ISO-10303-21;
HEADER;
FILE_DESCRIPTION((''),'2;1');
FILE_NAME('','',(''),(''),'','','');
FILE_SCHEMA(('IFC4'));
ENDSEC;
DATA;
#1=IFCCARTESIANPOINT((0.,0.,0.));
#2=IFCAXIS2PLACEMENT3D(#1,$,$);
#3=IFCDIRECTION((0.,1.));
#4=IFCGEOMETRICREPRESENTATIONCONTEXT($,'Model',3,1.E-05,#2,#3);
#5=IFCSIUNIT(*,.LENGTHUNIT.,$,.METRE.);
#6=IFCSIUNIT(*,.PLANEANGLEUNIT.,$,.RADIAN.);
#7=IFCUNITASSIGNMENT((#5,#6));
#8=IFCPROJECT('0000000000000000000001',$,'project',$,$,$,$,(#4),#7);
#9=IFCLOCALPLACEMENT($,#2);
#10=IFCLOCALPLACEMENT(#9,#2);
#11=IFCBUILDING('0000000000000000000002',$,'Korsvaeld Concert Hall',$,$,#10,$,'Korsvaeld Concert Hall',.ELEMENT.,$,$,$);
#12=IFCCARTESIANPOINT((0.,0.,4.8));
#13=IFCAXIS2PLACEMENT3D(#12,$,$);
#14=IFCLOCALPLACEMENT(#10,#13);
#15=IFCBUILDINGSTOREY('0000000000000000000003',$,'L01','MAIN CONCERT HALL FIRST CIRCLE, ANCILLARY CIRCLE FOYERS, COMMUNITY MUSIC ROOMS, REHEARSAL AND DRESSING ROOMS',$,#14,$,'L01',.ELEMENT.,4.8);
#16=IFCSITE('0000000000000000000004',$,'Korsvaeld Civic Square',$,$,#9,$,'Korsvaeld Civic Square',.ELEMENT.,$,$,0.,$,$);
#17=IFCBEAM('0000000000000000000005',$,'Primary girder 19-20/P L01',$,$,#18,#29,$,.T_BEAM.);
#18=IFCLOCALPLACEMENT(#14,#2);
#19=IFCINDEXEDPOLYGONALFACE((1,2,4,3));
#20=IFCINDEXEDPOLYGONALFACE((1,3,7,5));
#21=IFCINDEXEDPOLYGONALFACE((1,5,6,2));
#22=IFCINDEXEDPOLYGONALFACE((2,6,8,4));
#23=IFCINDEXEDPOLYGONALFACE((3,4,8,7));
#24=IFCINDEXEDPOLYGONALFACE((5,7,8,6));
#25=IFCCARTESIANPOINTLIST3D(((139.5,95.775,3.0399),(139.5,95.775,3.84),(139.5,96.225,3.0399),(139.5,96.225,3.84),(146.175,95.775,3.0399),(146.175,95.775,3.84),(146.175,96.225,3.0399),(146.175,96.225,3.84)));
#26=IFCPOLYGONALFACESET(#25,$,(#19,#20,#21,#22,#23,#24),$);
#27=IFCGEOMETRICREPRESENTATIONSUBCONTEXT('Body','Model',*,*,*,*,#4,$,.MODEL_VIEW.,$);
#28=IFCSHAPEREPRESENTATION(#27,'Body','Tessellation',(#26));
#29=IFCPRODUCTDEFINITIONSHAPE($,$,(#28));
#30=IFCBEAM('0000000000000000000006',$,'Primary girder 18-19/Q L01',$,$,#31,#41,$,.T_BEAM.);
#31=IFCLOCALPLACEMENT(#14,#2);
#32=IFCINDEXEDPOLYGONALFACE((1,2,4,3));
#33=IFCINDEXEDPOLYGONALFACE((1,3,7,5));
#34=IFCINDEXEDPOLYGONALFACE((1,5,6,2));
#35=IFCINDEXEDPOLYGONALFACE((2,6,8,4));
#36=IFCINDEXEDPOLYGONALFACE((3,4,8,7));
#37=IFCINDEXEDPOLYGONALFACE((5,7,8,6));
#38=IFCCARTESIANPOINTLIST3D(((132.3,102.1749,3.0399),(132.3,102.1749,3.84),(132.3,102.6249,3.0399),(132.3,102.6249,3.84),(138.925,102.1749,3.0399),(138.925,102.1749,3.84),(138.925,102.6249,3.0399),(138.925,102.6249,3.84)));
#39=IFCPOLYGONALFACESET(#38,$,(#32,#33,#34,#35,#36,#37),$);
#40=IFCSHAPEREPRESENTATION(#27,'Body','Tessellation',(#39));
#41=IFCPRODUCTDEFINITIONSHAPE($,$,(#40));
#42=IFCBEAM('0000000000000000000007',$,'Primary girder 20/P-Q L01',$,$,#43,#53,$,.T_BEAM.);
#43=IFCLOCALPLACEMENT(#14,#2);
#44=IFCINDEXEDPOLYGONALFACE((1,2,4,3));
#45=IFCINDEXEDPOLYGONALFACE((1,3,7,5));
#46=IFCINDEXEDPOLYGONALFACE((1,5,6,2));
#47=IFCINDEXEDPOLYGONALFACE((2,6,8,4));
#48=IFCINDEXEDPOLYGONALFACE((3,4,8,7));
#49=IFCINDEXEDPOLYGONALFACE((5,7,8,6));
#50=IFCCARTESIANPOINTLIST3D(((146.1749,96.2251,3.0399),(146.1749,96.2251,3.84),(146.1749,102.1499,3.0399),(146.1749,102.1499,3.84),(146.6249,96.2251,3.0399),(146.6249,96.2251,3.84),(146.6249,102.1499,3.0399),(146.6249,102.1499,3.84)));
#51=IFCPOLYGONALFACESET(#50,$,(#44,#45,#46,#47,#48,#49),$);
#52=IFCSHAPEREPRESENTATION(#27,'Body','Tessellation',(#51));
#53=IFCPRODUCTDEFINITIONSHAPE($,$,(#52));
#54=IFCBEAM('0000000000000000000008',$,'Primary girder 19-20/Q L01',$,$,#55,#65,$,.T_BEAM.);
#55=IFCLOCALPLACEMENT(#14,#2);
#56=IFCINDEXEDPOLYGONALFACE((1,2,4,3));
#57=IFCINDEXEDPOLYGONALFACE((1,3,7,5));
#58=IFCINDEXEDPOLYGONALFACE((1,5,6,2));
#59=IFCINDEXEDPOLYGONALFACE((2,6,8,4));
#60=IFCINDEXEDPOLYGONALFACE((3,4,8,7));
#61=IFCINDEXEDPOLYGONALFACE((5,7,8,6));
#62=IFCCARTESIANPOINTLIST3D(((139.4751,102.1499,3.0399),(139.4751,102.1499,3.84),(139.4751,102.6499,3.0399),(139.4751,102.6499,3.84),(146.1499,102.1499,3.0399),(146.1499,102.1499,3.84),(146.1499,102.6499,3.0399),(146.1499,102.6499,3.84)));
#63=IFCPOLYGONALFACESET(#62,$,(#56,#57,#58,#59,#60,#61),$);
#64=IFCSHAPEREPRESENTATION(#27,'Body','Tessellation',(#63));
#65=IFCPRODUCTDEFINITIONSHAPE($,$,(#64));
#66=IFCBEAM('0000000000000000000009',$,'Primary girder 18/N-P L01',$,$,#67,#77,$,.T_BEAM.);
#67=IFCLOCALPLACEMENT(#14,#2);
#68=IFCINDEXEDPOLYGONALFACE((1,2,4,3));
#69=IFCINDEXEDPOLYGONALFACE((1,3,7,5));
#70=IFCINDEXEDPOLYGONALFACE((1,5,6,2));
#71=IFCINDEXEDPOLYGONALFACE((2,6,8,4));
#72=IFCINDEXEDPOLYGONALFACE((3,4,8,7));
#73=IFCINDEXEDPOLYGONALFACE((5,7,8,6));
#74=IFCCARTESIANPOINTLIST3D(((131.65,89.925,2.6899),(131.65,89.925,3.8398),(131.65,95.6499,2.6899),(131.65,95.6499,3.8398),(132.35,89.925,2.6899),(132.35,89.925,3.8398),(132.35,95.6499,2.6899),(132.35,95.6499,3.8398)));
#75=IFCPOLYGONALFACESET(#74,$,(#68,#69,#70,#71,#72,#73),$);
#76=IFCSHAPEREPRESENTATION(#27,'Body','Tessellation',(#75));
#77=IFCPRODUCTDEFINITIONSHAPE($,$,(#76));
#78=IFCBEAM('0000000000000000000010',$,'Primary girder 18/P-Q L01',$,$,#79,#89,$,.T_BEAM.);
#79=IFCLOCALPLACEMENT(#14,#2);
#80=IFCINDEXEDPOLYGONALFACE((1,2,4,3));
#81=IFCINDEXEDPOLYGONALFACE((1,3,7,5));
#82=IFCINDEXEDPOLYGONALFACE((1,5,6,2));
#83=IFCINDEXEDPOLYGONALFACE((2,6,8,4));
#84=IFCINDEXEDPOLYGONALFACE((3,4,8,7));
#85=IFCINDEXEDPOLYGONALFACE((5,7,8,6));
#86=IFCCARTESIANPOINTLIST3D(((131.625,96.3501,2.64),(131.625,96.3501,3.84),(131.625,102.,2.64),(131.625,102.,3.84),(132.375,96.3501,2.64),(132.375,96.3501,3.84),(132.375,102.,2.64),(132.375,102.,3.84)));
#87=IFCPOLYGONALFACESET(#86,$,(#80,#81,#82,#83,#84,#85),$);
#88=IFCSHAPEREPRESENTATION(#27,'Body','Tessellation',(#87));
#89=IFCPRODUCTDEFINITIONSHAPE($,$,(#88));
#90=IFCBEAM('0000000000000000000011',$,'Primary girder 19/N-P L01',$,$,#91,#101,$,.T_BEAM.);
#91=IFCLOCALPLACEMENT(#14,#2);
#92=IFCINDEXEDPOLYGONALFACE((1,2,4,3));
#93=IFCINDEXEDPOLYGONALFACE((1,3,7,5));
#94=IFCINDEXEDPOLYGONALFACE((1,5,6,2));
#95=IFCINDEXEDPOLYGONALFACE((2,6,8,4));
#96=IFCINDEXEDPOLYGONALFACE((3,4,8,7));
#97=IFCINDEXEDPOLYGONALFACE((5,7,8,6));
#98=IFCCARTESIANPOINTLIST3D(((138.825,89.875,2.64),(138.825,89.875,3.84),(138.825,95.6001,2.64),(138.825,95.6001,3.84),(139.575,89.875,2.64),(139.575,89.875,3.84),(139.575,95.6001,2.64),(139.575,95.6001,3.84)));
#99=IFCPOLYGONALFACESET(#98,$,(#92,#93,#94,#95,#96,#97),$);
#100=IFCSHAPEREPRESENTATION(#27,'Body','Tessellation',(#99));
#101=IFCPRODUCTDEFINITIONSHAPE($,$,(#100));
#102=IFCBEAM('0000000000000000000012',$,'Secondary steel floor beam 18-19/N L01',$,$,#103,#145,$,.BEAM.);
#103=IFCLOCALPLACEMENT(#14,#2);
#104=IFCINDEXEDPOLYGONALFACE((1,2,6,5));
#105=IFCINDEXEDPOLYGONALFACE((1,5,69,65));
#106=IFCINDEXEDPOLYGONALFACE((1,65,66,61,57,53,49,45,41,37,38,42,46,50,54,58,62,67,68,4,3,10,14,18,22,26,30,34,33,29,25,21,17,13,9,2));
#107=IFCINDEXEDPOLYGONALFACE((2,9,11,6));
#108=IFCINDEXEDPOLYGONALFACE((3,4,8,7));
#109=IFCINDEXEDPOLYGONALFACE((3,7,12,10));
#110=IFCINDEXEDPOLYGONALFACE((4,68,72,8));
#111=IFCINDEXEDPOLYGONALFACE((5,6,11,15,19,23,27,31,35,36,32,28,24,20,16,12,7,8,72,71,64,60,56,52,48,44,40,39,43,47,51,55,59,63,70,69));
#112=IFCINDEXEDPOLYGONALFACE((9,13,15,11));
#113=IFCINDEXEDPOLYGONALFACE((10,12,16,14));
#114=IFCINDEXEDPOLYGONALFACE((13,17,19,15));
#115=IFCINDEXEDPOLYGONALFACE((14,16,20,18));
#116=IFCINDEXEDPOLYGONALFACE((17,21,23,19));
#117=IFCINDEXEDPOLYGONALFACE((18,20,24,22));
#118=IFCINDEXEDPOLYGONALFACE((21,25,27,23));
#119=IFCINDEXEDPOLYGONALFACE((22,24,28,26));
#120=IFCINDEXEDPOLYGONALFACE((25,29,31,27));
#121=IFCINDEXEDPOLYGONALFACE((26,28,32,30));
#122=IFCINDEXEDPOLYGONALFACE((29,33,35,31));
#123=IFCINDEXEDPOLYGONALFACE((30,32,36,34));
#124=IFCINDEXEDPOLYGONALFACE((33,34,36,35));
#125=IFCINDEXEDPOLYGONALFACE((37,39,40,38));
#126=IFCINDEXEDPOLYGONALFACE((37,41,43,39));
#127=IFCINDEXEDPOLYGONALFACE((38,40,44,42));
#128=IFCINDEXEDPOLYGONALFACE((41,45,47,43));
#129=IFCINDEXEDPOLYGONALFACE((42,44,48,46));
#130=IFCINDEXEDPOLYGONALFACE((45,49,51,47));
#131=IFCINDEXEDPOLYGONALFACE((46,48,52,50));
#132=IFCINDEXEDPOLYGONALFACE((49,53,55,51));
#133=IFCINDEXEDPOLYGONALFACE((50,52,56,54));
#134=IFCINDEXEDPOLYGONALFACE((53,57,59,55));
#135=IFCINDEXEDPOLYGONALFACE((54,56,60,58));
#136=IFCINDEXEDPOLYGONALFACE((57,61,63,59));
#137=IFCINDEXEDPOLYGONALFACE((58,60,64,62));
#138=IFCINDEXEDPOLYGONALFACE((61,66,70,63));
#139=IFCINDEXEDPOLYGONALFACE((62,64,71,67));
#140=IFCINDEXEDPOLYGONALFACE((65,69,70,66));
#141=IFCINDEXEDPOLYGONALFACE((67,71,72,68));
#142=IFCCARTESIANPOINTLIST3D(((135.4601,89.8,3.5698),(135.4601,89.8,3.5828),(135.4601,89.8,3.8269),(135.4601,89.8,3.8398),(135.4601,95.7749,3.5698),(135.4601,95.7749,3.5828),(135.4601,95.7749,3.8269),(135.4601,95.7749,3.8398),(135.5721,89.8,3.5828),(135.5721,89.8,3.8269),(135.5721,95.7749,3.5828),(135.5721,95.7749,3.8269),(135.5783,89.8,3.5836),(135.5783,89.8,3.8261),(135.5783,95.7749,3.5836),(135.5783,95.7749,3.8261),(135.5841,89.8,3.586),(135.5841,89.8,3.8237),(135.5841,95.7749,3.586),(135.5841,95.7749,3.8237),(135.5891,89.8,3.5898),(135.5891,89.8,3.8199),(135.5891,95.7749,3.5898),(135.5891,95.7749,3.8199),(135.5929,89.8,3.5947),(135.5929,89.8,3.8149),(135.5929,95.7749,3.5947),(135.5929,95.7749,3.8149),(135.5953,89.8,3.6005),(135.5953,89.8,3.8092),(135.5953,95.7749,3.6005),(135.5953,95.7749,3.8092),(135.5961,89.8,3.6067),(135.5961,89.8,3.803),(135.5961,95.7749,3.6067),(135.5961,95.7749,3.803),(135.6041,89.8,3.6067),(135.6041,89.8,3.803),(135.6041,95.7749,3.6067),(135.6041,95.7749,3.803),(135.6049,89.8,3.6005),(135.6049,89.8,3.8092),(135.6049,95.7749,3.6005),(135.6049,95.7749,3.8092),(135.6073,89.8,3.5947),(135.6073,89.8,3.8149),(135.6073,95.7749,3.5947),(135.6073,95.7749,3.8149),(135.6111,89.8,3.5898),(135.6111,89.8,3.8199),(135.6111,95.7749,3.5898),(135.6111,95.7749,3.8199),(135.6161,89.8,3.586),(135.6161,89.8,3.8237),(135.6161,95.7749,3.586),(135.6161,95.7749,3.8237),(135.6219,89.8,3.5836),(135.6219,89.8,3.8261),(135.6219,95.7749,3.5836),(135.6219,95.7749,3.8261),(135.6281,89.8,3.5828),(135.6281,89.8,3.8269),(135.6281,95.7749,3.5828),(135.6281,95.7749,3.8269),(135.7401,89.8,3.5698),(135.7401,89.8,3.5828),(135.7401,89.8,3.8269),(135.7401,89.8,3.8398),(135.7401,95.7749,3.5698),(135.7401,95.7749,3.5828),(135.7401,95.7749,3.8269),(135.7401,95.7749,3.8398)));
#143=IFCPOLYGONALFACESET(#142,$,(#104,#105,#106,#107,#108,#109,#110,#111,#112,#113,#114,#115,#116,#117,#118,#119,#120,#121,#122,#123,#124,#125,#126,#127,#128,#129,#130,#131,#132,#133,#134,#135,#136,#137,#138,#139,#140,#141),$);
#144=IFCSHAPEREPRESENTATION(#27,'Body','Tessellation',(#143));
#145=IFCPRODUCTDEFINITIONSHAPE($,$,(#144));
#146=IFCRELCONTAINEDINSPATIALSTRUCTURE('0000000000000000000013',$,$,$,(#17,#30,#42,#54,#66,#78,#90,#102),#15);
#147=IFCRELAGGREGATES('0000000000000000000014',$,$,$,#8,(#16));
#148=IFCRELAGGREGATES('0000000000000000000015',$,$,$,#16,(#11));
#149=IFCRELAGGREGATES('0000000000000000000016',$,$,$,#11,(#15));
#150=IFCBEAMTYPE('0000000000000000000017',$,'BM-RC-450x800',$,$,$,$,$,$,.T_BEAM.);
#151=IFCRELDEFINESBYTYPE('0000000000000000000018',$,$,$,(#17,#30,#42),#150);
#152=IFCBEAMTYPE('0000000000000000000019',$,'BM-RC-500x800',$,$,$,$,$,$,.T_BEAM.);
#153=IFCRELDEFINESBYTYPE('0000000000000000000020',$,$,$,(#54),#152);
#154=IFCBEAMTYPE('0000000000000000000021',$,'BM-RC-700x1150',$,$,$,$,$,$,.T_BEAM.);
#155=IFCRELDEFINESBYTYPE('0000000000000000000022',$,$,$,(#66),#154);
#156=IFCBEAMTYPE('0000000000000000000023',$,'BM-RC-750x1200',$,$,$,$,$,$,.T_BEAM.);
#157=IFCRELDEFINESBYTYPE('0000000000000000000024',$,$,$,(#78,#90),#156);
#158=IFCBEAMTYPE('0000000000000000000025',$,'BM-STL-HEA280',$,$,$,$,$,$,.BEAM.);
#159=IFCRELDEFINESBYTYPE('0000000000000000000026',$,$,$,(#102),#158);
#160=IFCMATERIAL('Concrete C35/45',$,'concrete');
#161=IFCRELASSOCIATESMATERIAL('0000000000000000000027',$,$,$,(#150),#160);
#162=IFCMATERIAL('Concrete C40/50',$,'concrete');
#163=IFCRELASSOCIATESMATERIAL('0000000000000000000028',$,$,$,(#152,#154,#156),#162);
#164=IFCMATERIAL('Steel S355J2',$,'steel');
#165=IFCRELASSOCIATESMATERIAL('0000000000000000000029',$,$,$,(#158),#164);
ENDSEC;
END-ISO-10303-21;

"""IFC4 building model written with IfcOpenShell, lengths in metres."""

from ifc_helpers import new_model, si_unit, direction, frame, origin, origin_2d, place, context, subcontext, project, spatial, rectangle, i_section, extrude, material, material_profile, profile_set, type_object, element, save


model = new_model("IFC4")

# Units and contexts
model_context = context("Model", 3, precision=1e-05, world=origin(), true_north=direction((0.0, 1.0)))
body_context = subcontext(model_context, "Body", "Model", "MODEL_VIEW")
ifc_project = project(units=[si_unit("LENGTHUNIT", "METRE"), si_unit("PLANEANGLEUNIT", "RADIAN")], contexts=[model_context])

# Site, building, storey
site_placement = place(None, origin())
site = spatial("IfcSite", under=ifc_project, at=site_placement, Name="Korsvaeld Civic Square", LongName="Korsvaeld Civic Square", CompositionType="ELEMENT", RefElevation=0.0)
building_placement = place(site_placement, origin())
building = spatial("IfcBuilding", under=site, at=building_placement, Name="Korsvaeld Concert Hall", LongName="Korsvaeld Concert Hall", CompositionType="ELEMENT")
storey_placement = place(building_placement, frame((0.0, 0.0, 4.8)))
storey = spatial("IfcBuildingStorey", under=building, at=storey_placement, Name="L01", Description="MAIN CONCERT HALL FIRST CIRCLE, ANCILLARY CIRCLE FOYERS, COMMUNITY MUSIC ROOMS, REHEARSAL AND DRESSING ROOMS", LongName="L01", CompositionType="ELEMENT", Elevation=4.8)

# Shared definitions
ifc_material_1 = material(Name="Concrete C40/50", Category="concrete")

# Beams
ifc_material_2 = material(Name="Concrete C35/45", Category="concrete")
ifc_material_profile_1 = material_profile(ifc_material_2, rectangle(XDim=0.45, YDim=0.8, at=origin_2d()), Name="RC 450x800")
ifc_profile_set_1 = profile_set([ifc_material_profile_1], Name="Concrete C35/45")
beam_type_1 = type_object("IfcBeamType", Name="BM-RC-450x800", PredefinedType="T_BEAM", material=ifc_profile_set_1)
beam_1_placement = place(storey_placement, frame((139.5, 96.0, 3.4399), z_axis=(1.0, 0.0, 0.0), x_axis=(0.0, 1.0, 0.0)))
element("IfcBeam", 1, at=beam_1_placement, inside=storey, type_object=beam_type_1, Name="Primary girder 19-20/P L01", PredefinedType="T_BEAM", context=body_context, shape_type="SweptSolid", body=[
    extrude(rectangle(XDim=0.45, YDim=0.8, at=origin_2d()), origin(), (0.0, 0.0, 1.0), 6.675),
])
beam_2_placement = place(storey_placement, frame((132.3, 102.3999, 3.4399), z_axis=(1.0, 0.0, 0.0), x_axis=(0.0, 1.0, 0.0)))
element("IfcBeam", 2, at=beam_2_placement, inside=storey, type_object=beam_type_1, Name="Primary girder 18-19/Q L01", PredefinedType="T_BEAM", context=body_context, shape_type="SweptSolid", body=[
    extrude(rectangle(XDim=0.45, YDim=0.8, at=origin_2d()), origin(), (0.0, 0.0, 1.0), 6.625),
])
beam_3_placement = place(storey_placement, frame((146.3999, 96.2251, 3.4399), z_axis=(0.0, 1.0, 0.0), x_axis=(-1.0, 0.0, 0.0)))
element("IfcBeam", 3, at=beam_3_placement, inside=storey, type_object=beam_type_1, Name="Primary girder 20/P-Q L01", PredefinedType="T_BEAM", context=body_context, shape_type="SweptSolid", body=[
    extrude(rectangle(XDim=0.45, YDim=0.8, at=origin_2d()), origin(), (0.0, 0.0, 1.0), 5.9248),
])
ifc_material_profile_2 = material_profile(ifc_material_1, rectangle(XDim=0.5, YDim=0.8, at=origin_2d()), Name="RC 500x800")
ifc_profile_set_2 = profile_set([ifc_material_profile_2], Name="Concrete C40/50")
beam_type_2 = type_object("IfcBeamType", Name="BM-RC-500x800", PredefinedType="T_BEAM", material=ifc_profile_set_2)
beam_4_placement = place(storey_placement, frame((139.4751, 102.3999, 3.4399), z_axis=(1.0, 0.0, 0.0), x_axis=(0.0, 1.0, 0.0)))
element("IfcBeam", 4, at=beam_4_placement, inside=storey, type_object=beam_type_2, Name="Primary girder 19-20/Q L01", PredefinedType="T_BEAM", context=body_context, shape_type="SweptSolid", body=[
    extrude(rectangle(XDim=0.5, YDim=0.8, at=origin_2d()), origin(), (0.0, 0.0, 1.0), 6.6748),
])
ifc_material_profile_3 = material_profile(ifc_material_1, rectangle(XDim=0.7, YDim=1.1499, at=origin_2d()), Name="RC 700x1150")
ifc_profile_set_3 = profile_set([ifc_material_profile_3], Name="Concrete C40/50")
beam_type_3 = type_object("IfcBeamType", Name="BM-RC-700x1150", PredefinedType="T_BEAM", material=ifc_profile_set_3)
beam_5_placement = place(storey_placement, frame((132.0, 89.925, 3.2649), z_axis=(0.0, 1.0, 0.0), x_axis=(-1.0, 0.0, 0.0)))
element("IfcBeam", 5, at=beam_5_placement, inside=storey, type_object=beam_type_3, Name="Primary girder 18/N-P L01", PredefinedType="T_BEAM", context=body_context, shape_type="SweptSolid", body=[
    extrude(rectangle(XDim=0.7, YDim=1.1499, at=origin_2d()), origin(), (0.0, 0.0, 1.0), 5.7249),
])
ifc_material_profile_4 = material_profile(ifc_material_1, rectangle(XDim=0.75, YDim=1.2, at=origin_2d()), Name="RC 750x1200")
ifc_profile_set_4 = profile_set([ifc_material_profile_4], Name="Concrete C40/50")
beam_type_4 = type_object("IfcBeamType", Name="BM-RC-750x1200", PredefinedType="T_BEAM", material=ifc_profile_set_4)
beam_6_placement = place(storey_placement, frame((132.0, 96.3501, 3.24), z_axis=(0.0, 1.0, 0.0), x_axis=(-1.0, 0.0, 0.0)))
element("IfcBeam", 6, at=beam_6_placement, inside=storey, type_object=beam_type_4, Name="Primary girder 18/P-Q L01", PredefinedType="T_BEAM", context=body_context, shape_type="SweptSolid", body=[
    extrude(rectangle(XDim=0.75, YDim=1.2, at=origin_2d()), origin(), (0.0, 0.0, 1.0), 5.6499),
])
beam_7_placement = place(storey_placement, frame((139.2, 89.875, 3.24), z_axis=(0.0, 1.0, 0.0), x_axis=(-1.0, 0.0, 0.0)))
element("IfcBeam", 7, at=beam_7_placement, inside=storey, type_object=beam_type_4, Name="Primary girder 19/N-P L01", PredefinedType="T_BEAM", context=body_context, shape_type="SweptSolid", body=[
    extrude(rectangle(XDim=0.75, YDim=1.2, at=origin_2d()), origin(), (0.0, 0.0, 1.0), 5.7251),
])
ifc_material_3 = material(Name="Steel S355J2", Category="steel")
ifc_material_profile_5 = material_profile(ifc_material_3, i_section(OverallWidth=0.28, OverallDepth=0.27, WebThickness=0.0081, FlangeThickness=0.0129, FilletRadius=0.0239, at=origin_2d()), Name="HEA 280")
ifc_profile_set_5 = profile_set([ifc_material_profile_5], Name="Steel S355J2")
beam_type_5 = type_object("IfcBeamType", Name="BM-STL-HEA280", PredefinedType="BEAM", material=ifc_profile_set_5)
beam_8_placement = place(storey_placement, frame((135.6001, 89.8, 3.7048), z_axis=(0.0, 1.0, 0.0), x_axis=(-1.0, 0.0, 0.0)))
element("IfcBeam", 8, at=beam_8_placement, inside=storey, type_object=beam_type_5, Name="Secondary steel floor beam 18-19/N L01", PredefinedType="BEAM", context=body_context, shape_type="SweptSolid", body=[
    extrude(i_section(OverallWidth=0.28, OverallDepth=0.27, WebThickness=0.0081, FlangeThickness=0.0129, FilletRadius=0.0239, at=origin_2d()), origin(), (0.0, 0.0, 1.0), 5.9749),
])

save(model, "model.ifc")
